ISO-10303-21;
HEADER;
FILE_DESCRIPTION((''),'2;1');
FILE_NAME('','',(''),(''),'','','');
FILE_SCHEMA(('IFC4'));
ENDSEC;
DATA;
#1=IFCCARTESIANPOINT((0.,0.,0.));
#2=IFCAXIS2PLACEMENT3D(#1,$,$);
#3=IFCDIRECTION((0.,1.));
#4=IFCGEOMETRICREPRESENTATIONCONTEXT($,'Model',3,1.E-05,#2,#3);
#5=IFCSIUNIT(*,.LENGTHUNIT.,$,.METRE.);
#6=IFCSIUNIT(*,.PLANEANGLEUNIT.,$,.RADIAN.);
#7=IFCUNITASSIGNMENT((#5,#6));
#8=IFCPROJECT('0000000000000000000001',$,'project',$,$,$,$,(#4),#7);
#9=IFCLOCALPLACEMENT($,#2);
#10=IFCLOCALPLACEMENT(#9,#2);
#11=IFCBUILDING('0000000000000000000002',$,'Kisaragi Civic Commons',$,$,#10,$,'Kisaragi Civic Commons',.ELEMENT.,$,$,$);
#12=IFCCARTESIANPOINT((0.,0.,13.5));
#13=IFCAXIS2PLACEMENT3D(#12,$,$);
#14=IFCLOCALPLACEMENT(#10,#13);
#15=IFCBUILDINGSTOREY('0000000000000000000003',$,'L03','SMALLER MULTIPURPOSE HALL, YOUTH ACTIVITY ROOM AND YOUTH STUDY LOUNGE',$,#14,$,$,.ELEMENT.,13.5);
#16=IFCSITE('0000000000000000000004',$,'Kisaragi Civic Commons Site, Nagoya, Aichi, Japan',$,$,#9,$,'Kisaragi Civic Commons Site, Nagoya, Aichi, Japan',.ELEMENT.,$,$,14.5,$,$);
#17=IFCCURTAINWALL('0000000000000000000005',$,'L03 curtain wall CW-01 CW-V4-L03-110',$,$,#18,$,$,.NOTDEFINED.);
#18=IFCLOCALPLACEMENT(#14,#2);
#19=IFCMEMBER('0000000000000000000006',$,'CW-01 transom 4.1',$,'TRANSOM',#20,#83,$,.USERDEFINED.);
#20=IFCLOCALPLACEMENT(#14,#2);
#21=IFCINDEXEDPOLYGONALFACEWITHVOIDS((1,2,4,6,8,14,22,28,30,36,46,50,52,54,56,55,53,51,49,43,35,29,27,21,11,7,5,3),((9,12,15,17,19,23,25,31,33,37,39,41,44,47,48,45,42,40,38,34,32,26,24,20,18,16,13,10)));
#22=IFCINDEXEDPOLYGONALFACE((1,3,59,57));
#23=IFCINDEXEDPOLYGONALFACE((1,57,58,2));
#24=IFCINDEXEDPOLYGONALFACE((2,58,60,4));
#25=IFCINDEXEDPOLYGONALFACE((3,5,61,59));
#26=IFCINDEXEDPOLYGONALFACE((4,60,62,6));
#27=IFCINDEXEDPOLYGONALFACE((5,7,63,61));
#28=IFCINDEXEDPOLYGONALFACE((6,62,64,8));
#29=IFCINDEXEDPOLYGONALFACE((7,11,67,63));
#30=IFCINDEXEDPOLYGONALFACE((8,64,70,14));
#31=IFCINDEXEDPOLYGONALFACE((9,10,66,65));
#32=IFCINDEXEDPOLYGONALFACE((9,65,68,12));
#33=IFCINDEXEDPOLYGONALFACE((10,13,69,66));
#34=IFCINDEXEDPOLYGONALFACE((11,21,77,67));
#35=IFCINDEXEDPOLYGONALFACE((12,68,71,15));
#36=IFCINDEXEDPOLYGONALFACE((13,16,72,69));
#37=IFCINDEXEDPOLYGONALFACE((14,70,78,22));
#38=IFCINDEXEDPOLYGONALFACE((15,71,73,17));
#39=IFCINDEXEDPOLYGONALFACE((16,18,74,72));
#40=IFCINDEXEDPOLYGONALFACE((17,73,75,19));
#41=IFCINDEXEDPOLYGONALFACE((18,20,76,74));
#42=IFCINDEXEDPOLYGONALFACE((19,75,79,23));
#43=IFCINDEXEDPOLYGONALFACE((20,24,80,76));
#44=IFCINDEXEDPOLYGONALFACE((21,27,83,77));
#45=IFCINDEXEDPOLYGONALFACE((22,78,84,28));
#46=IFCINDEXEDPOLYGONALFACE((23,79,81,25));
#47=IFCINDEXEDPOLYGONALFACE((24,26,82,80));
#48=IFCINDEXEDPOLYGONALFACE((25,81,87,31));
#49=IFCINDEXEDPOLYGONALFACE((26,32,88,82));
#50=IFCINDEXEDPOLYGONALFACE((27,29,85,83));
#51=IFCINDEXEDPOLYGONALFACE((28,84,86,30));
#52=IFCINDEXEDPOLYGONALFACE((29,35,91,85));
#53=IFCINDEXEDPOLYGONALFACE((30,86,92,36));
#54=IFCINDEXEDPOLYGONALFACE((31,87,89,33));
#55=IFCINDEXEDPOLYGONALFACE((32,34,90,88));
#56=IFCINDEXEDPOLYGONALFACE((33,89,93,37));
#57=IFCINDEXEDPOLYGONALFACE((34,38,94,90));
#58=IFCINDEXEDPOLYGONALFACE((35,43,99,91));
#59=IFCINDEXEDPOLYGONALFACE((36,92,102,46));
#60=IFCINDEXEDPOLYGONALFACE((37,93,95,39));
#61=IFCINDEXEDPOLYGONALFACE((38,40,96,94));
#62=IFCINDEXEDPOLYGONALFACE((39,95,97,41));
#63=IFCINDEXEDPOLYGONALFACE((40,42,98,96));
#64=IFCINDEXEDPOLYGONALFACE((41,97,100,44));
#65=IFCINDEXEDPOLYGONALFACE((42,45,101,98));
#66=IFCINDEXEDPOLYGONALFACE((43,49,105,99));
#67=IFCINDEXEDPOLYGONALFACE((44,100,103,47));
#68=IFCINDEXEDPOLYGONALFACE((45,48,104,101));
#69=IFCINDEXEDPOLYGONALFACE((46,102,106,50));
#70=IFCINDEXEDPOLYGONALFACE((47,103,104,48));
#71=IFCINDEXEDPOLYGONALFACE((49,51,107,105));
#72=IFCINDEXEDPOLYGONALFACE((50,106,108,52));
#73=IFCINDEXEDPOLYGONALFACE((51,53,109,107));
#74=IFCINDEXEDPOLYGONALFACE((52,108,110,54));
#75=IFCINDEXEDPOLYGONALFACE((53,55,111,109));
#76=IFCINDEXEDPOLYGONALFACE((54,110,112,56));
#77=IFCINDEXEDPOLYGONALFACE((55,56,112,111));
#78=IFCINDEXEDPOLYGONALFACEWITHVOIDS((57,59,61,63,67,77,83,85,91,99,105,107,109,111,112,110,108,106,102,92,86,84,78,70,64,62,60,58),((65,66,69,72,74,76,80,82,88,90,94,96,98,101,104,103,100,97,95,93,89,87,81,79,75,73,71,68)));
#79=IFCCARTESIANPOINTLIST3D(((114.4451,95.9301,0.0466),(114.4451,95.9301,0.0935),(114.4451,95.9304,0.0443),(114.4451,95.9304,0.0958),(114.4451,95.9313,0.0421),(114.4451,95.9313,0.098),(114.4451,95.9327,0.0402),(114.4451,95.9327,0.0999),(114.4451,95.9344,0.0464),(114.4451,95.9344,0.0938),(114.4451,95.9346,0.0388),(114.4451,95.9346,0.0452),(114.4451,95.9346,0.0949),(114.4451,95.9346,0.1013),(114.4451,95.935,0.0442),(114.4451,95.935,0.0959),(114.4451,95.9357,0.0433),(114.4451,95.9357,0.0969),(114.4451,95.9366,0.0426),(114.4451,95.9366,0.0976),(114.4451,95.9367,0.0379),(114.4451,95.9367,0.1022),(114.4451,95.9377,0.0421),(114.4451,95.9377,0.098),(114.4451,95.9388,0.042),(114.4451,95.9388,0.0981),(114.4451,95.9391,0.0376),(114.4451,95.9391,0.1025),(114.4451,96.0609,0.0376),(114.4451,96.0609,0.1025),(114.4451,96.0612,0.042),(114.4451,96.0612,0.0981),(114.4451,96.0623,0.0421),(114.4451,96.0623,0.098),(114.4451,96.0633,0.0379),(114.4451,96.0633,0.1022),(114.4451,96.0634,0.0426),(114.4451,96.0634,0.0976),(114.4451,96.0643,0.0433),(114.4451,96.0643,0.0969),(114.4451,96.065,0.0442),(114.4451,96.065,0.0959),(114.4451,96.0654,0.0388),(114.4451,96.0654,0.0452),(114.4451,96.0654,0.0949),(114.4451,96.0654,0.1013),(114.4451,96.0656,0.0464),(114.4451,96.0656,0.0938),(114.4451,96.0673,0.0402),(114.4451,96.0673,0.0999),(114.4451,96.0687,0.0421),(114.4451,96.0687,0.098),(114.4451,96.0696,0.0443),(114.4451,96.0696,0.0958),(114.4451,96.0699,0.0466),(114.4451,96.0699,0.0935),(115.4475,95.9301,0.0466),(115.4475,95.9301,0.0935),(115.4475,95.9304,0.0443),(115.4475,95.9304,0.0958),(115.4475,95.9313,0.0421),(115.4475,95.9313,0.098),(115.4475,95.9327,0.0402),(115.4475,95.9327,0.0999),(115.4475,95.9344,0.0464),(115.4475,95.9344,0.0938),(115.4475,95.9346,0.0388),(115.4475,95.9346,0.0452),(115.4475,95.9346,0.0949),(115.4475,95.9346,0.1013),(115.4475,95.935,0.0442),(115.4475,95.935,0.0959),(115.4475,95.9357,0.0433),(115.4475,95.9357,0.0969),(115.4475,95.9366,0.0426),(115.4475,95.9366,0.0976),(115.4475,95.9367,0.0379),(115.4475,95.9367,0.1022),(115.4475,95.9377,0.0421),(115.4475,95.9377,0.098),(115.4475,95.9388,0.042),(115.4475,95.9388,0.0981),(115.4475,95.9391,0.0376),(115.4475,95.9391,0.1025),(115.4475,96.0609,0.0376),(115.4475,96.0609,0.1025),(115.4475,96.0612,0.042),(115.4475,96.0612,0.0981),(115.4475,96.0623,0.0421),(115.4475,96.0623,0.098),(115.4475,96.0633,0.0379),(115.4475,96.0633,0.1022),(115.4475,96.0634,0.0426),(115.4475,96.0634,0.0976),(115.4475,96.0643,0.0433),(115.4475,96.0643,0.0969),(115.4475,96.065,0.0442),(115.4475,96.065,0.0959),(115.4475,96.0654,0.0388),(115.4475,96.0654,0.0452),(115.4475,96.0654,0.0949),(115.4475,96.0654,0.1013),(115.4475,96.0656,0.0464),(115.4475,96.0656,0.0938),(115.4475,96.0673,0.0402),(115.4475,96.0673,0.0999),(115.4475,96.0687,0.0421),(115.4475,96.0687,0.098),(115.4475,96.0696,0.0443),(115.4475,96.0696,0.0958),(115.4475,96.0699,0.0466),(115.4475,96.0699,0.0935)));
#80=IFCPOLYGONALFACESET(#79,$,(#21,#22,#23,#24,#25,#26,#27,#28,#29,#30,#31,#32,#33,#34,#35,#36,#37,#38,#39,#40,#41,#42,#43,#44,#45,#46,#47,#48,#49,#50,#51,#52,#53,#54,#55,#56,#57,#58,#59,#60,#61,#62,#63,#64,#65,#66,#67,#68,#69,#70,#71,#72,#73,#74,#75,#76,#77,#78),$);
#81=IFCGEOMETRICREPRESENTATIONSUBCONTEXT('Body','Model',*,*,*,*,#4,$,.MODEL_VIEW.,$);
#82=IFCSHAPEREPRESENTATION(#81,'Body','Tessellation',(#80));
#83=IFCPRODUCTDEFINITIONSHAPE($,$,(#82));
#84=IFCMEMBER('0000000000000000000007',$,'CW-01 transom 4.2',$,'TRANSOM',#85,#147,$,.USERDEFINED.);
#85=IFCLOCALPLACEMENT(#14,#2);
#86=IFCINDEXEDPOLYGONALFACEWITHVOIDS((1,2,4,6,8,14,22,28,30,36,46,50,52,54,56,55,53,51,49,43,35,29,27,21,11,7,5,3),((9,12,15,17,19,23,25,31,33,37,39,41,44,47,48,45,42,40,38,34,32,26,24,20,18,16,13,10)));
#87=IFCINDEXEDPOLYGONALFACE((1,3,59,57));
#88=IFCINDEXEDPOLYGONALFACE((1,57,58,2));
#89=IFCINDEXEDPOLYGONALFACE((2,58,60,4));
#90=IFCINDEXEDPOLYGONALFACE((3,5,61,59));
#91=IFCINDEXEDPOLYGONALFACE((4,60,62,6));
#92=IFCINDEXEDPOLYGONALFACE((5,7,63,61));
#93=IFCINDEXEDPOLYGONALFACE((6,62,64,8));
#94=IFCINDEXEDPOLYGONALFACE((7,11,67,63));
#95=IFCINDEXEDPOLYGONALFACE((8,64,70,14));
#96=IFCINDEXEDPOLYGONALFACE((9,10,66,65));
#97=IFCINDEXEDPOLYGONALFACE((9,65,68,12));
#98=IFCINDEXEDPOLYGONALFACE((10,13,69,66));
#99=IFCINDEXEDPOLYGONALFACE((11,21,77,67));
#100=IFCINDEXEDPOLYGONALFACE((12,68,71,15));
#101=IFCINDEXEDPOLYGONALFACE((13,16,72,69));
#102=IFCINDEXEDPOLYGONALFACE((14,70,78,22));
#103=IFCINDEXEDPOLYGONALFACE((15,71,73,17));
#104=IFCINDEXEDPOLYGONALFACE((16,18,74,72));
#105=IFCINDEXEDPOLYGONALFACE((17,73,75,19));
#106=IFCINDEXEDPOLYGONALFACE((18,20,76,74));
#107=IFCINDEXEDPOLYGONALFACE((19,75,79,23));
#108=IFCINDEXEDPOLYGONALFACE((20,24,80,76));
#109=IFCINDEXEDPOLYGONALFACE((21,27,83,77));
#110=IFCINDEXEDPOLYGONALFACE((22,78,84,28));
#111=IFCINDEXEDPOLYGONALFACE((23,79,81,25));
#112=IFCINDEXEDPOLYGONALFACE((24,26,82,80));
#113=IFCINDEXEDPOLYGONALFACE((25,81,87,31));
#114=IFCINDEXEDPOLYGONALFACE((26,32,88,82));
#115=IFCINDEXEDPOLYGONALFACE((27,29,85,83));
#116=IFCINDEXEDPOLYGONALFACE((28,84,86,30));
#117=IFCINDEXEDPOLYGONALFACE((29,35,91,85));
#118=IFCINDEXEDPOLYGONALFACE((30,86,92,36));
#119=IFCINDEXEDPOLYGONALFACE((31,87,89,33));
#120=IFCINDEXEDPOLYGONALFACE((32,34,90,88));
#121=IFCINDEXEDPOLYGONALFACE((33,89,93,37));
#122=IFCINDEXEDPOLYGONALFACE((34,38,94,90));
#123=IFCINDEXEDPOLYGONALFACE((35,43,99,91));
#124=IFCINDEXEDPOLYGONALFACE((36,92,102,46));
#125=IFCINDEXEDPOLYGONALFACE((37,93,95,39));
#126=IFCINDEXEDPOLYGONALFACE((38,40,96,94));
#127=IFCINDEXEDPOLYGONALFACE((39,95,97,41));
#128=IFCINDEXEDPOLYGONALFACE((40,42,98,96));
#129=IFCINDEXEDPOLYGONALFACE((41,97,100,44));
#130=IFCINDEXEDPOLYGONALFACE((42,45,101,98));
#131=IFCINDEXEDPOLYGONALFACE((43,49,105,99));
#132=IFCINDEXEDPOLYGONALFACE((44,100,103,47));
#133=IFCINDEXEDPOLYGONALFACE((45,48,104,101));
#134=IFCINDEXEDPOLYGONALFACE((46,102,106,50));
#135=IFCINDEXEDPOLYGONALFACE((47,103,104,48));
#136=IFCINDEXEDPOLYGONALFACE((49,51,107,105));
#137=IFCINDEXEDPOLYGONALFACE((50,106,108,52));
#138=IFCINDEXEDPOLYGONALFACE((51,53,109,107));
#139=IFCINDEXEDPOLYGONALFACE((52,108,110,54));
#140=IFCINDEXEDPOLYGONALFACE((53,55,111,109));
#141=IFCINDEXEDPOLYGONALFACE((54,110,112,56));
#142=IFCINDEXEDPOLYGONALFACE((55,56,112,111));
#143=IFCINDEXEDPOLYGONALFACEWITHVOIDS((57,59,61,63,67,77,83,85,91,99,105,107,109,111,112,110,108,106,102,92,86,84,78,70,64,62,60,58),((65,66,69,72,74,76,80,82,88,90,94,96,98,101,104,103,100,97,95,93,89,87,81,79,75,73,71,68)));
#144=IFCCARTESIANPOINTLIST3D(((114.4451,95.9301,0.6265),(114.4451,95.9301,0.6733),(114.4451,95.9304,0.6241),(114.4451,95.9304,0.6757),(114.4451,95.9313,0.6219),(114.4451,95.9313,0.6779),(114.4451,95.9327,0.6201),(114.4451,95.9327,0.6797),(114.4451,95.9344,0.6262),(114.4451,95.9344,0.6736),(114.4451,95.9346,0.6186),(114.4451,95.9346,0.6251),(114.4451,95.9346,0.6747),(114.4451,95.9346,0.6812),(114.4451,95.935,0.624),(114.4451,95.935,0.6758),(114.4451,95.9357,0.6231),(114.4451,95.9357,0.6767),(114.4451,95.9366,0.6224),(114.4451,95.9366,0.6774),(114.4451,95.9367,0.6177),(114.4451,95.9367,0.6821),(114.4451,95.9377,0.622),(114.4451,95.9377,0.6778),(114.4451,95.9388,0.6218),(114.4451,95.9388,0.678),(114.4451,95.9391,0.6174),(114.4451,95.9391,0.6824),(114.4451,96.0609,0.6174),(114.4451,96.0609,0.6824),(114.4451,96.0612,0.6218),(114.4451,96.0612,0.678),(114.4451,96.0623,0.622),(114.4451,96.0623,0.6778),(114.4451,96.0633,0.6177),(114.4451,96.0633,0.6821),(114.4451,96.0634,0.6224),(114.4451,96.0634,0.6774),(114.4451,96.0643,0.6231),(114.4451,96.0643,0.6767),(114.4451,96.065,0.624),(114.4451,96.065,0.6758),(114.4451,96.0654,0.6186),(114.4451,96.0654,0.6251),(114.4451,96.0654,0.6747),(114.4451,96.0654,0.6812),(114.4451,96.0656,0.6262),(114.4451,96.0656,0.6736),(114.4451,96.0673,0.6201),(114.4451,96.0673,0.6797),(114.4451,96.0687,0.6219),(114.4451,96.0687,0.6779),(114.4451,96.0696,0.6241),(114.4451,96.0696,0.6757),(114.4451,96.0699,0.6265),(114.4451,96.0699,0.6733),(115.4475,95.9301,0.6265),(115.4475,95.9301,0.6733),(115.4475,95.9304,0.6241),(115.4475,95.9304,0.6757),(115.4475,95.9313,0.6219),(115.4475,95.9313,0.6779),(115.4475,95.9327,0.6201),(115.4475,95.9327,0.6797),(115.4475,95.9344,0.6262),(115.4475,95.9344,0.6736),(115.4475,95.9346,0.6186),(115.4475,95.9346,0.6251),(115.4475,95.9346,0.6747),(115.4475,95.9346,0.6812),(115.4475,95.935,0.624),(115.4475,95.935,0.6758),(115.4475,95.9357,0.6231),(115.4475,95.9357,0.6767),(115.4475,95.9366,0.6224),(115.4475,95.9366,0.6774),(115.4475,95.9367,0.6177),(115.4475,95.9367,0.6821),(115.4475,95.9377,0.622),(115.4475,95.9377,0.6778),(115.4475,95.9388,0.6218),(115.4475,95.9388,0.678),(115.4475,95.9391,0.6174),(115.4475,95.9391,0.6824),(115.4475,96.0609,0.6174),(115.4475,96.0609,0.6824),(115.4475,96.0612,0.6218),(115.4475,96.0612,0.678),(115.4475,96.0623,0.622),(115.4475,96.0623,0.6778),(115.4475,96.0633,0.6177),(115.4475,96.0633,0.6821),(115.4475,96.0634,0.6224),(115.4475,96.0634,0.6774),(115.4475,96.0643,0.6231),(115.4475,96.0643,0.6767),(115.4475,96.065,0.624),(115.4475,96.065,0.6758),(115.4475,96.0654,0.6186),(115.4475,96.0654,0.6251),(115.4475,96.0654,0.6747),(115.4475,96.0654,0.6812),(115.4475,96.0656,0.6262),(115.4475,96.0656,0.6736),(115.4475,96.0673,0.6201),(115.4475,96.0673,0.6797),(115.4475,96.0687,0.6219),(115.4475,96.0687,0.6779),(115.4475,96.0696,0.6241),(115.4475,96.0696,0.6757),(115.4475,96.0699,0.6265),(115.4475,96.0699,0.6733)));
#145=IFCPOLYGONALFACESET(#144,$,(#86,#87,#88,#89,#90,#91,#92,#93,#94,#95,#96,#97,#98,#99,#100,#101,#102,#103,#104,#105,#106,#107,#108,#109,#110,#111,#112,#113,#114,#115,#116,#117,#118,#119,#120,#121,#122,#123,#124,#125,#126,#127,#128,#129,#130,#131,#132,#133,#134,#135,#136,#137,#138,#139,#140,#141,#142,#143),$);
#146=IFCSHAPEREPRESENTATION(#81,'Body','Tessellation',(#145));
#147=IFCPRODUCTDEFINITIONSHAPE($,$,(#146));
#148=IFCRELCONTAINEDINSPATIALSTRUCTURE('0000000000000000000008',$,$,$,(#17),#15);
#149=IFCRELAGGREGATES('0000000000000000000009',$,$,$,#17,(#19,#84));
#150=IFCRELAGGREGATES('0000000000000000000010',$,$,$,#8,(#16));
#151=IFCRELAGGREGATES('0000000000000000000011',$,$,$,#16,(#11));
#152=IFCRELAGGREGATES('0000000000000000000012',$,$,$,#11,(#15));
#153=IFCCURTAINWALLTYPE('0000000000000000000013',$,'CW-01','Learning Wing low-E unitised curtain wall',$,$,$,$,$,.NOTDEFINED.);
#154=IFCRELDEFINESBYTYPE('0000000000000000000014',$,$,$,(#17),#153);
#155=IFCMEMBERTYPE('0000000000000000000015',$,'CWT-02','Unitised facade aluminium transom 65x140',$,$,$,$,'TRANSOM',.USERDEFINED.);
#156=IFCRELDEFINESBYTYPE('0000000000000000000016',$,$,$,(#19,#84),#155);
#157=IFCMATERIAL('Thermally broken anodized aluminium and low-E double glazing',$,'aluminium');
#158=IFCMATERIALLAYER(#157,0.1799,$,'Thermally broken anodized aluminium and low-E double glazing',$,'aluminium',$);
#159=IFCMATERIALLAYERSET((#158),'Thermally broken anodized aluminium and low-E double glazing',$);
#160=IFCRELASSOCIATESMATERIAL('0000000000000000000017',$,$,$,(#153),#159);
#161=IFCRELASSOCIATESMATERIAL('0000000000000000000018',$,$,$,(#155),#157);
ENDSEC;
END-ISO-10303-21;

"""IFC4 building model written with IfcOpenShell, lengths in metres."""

from ifc_helpers import new_model, si_unit, direction, frame, origin, origin_2d, place, context, subcontext, project, spatial, hollow_rectangle, extrude, material, layer, layer_set, material_profile, profile_set, type_object, element, aggregate, save


model = new_model("IFC4")

# Units and contexts
model_context = context("Model", 3, precision=1e-05, world=origin(), true_north=direction((0.0, 1.0)))
body_context = subcontext(model_context, "Body", "Model", "MODEL_VIEW")
ifc_project = project(units=[si_unit("LENGTHUNIT", "METRE"), si_unit("PLANEANGLEUNIT", "RADIAN")], contexts=[model_context])

# Site, building, storey
site_placement = place(None, origin())
site = spatial("IfcSite", under=ifc_project, at=site_placement, Name="Kisaragi Civic Commons Site, Nagoya, Aichi, Japan", LongName="Kisaragi Civic Commons Site, Nagoya, Aichi, Japan", CompositionType="ELEMENT", RefElevation=14.5)
building_placement = place(site_placement, origin())
building = spatial("IfcBuilding", under=site, at=building_placement, Name="Kisaragi Civic Commons", LongName="Kisaragi Civic Commons", CompositionType="ELEMENT")
storey_placement = place(building_placement, frame((0.0, 0.0, 13.5)))
storey = spatial("IfcBuildingStorey", under=building, at=storey_placement, Name="L03", Description="SMALLER MULTIPURPOSE HALL, YOUTH ACTIVITY ROOM AND YOUTH STUDY LOUNGE", CompositionType="ELEMENT", Elevation=13.5)

# Curtain wall, members
ifc_material_1 = material(Name="Thermally broken anodized aluminium and low-E double glazing", Category="aluminium")
ifc_layer_1 = layer(ifc_material_1, 0.1799, Name="Thermally broken anodized aluminium and low-E double glazing", Category="aluminium")
ifc_layer_set_1 = layer_set([ifc_layer_1], Name="Thermally broken anodized aluminium and low-E double glazing")
curtain_wall_type = type_object("IfcCurtainWallType", Name="CW-01", Description="Learning Wing low-E unitised curtain wall", PredefinedType="NOTDEFINED", material=ifc_layer_set_1)
curtain_wall_placement = place(storey_placement, origin())
curtain_wall = element("IfcCurtainWall", 1, at=curtain_wall_placement, inside=storey, type_object=curtain_wall_type, Name="L03 curtain wall CW-01 CW-V4-L03-110", PredefinedType="NOTDEFINED")
ifc_material_profile_1 = material_profile(ifc_material_1, hollow_rectangle(XDim=0.1399, YDim=0.0649, WallThickness=0.0044, InnerFilletRadius=0.0044, OuterFilletRadius=0.009, at=origin_2d()), Name="CWT-65x140x4.5", Category="aluminium")
ifc_profile_set_1 = profile_set([ifc_material_profile_1], Name="Thermally broken anodized aluminium and low-E double glazing")
member_type_1 = type_object("IfcMemberType", Name="CWT-02", Description="Unitised facade aluminium transom 65x140", ElementType="TRANSOM", PredefinedType="USERDEFINED", material=ifc_profile_set_1)
member_1_placement = place(storey_placement, frame((115.4475, 96.0, 0.0701), z_axis=(-1.0, 0.0, 0.0), x_axis=(0.0, -1.0, 0.0)))
member_1 = element("IfcMember", 2, at=member_1_placement, type_object=member_type_1, Name="CW-01 transom 4.1", ObjectType="TRANSOM", PredefinedType="USERDEFINED", context=body_context, shape_type="SweptSolid", body=[
    extrude(hollow_rectangle(XDim=0.1399, YDim=0.0649, WallThickness=0.0044, InnerFilletRadius=0.0044, OuterFilletRadius=0.009, at=origin_2d()), origin(), (0.0, 0.0, 1.0), 1.0024),
])
member_2_placement = place(storey_placement, frame((115.4475, 96.0, 0.6499), z_axis=(-1.0, 0.0, 0.0), x_axis=(0.0, -1.0, 0.0)))
member_2 = element("IfcMember", 3, at=member_2_placement, type_object=member_type_1, Name="CW-01 transom 4.2", ObjectType="TRANSOM", PredefinedType="USERDEFINED", context=body_context, shape_type="SweptSolid", body=[
    extrude(hollow_rectangle(XDim=0.1399, YDim=0.0649, WallThickness=0.0044, InnerFilletRadius=0.0044, OuterFilletRadius=0.009, at=origin_2d()), origin(), (0.0, 0.0, 1.0), 1.0024),
])
aggregate(curtain_wall, [member_1, member_2])

save(model, "model.ifc")
